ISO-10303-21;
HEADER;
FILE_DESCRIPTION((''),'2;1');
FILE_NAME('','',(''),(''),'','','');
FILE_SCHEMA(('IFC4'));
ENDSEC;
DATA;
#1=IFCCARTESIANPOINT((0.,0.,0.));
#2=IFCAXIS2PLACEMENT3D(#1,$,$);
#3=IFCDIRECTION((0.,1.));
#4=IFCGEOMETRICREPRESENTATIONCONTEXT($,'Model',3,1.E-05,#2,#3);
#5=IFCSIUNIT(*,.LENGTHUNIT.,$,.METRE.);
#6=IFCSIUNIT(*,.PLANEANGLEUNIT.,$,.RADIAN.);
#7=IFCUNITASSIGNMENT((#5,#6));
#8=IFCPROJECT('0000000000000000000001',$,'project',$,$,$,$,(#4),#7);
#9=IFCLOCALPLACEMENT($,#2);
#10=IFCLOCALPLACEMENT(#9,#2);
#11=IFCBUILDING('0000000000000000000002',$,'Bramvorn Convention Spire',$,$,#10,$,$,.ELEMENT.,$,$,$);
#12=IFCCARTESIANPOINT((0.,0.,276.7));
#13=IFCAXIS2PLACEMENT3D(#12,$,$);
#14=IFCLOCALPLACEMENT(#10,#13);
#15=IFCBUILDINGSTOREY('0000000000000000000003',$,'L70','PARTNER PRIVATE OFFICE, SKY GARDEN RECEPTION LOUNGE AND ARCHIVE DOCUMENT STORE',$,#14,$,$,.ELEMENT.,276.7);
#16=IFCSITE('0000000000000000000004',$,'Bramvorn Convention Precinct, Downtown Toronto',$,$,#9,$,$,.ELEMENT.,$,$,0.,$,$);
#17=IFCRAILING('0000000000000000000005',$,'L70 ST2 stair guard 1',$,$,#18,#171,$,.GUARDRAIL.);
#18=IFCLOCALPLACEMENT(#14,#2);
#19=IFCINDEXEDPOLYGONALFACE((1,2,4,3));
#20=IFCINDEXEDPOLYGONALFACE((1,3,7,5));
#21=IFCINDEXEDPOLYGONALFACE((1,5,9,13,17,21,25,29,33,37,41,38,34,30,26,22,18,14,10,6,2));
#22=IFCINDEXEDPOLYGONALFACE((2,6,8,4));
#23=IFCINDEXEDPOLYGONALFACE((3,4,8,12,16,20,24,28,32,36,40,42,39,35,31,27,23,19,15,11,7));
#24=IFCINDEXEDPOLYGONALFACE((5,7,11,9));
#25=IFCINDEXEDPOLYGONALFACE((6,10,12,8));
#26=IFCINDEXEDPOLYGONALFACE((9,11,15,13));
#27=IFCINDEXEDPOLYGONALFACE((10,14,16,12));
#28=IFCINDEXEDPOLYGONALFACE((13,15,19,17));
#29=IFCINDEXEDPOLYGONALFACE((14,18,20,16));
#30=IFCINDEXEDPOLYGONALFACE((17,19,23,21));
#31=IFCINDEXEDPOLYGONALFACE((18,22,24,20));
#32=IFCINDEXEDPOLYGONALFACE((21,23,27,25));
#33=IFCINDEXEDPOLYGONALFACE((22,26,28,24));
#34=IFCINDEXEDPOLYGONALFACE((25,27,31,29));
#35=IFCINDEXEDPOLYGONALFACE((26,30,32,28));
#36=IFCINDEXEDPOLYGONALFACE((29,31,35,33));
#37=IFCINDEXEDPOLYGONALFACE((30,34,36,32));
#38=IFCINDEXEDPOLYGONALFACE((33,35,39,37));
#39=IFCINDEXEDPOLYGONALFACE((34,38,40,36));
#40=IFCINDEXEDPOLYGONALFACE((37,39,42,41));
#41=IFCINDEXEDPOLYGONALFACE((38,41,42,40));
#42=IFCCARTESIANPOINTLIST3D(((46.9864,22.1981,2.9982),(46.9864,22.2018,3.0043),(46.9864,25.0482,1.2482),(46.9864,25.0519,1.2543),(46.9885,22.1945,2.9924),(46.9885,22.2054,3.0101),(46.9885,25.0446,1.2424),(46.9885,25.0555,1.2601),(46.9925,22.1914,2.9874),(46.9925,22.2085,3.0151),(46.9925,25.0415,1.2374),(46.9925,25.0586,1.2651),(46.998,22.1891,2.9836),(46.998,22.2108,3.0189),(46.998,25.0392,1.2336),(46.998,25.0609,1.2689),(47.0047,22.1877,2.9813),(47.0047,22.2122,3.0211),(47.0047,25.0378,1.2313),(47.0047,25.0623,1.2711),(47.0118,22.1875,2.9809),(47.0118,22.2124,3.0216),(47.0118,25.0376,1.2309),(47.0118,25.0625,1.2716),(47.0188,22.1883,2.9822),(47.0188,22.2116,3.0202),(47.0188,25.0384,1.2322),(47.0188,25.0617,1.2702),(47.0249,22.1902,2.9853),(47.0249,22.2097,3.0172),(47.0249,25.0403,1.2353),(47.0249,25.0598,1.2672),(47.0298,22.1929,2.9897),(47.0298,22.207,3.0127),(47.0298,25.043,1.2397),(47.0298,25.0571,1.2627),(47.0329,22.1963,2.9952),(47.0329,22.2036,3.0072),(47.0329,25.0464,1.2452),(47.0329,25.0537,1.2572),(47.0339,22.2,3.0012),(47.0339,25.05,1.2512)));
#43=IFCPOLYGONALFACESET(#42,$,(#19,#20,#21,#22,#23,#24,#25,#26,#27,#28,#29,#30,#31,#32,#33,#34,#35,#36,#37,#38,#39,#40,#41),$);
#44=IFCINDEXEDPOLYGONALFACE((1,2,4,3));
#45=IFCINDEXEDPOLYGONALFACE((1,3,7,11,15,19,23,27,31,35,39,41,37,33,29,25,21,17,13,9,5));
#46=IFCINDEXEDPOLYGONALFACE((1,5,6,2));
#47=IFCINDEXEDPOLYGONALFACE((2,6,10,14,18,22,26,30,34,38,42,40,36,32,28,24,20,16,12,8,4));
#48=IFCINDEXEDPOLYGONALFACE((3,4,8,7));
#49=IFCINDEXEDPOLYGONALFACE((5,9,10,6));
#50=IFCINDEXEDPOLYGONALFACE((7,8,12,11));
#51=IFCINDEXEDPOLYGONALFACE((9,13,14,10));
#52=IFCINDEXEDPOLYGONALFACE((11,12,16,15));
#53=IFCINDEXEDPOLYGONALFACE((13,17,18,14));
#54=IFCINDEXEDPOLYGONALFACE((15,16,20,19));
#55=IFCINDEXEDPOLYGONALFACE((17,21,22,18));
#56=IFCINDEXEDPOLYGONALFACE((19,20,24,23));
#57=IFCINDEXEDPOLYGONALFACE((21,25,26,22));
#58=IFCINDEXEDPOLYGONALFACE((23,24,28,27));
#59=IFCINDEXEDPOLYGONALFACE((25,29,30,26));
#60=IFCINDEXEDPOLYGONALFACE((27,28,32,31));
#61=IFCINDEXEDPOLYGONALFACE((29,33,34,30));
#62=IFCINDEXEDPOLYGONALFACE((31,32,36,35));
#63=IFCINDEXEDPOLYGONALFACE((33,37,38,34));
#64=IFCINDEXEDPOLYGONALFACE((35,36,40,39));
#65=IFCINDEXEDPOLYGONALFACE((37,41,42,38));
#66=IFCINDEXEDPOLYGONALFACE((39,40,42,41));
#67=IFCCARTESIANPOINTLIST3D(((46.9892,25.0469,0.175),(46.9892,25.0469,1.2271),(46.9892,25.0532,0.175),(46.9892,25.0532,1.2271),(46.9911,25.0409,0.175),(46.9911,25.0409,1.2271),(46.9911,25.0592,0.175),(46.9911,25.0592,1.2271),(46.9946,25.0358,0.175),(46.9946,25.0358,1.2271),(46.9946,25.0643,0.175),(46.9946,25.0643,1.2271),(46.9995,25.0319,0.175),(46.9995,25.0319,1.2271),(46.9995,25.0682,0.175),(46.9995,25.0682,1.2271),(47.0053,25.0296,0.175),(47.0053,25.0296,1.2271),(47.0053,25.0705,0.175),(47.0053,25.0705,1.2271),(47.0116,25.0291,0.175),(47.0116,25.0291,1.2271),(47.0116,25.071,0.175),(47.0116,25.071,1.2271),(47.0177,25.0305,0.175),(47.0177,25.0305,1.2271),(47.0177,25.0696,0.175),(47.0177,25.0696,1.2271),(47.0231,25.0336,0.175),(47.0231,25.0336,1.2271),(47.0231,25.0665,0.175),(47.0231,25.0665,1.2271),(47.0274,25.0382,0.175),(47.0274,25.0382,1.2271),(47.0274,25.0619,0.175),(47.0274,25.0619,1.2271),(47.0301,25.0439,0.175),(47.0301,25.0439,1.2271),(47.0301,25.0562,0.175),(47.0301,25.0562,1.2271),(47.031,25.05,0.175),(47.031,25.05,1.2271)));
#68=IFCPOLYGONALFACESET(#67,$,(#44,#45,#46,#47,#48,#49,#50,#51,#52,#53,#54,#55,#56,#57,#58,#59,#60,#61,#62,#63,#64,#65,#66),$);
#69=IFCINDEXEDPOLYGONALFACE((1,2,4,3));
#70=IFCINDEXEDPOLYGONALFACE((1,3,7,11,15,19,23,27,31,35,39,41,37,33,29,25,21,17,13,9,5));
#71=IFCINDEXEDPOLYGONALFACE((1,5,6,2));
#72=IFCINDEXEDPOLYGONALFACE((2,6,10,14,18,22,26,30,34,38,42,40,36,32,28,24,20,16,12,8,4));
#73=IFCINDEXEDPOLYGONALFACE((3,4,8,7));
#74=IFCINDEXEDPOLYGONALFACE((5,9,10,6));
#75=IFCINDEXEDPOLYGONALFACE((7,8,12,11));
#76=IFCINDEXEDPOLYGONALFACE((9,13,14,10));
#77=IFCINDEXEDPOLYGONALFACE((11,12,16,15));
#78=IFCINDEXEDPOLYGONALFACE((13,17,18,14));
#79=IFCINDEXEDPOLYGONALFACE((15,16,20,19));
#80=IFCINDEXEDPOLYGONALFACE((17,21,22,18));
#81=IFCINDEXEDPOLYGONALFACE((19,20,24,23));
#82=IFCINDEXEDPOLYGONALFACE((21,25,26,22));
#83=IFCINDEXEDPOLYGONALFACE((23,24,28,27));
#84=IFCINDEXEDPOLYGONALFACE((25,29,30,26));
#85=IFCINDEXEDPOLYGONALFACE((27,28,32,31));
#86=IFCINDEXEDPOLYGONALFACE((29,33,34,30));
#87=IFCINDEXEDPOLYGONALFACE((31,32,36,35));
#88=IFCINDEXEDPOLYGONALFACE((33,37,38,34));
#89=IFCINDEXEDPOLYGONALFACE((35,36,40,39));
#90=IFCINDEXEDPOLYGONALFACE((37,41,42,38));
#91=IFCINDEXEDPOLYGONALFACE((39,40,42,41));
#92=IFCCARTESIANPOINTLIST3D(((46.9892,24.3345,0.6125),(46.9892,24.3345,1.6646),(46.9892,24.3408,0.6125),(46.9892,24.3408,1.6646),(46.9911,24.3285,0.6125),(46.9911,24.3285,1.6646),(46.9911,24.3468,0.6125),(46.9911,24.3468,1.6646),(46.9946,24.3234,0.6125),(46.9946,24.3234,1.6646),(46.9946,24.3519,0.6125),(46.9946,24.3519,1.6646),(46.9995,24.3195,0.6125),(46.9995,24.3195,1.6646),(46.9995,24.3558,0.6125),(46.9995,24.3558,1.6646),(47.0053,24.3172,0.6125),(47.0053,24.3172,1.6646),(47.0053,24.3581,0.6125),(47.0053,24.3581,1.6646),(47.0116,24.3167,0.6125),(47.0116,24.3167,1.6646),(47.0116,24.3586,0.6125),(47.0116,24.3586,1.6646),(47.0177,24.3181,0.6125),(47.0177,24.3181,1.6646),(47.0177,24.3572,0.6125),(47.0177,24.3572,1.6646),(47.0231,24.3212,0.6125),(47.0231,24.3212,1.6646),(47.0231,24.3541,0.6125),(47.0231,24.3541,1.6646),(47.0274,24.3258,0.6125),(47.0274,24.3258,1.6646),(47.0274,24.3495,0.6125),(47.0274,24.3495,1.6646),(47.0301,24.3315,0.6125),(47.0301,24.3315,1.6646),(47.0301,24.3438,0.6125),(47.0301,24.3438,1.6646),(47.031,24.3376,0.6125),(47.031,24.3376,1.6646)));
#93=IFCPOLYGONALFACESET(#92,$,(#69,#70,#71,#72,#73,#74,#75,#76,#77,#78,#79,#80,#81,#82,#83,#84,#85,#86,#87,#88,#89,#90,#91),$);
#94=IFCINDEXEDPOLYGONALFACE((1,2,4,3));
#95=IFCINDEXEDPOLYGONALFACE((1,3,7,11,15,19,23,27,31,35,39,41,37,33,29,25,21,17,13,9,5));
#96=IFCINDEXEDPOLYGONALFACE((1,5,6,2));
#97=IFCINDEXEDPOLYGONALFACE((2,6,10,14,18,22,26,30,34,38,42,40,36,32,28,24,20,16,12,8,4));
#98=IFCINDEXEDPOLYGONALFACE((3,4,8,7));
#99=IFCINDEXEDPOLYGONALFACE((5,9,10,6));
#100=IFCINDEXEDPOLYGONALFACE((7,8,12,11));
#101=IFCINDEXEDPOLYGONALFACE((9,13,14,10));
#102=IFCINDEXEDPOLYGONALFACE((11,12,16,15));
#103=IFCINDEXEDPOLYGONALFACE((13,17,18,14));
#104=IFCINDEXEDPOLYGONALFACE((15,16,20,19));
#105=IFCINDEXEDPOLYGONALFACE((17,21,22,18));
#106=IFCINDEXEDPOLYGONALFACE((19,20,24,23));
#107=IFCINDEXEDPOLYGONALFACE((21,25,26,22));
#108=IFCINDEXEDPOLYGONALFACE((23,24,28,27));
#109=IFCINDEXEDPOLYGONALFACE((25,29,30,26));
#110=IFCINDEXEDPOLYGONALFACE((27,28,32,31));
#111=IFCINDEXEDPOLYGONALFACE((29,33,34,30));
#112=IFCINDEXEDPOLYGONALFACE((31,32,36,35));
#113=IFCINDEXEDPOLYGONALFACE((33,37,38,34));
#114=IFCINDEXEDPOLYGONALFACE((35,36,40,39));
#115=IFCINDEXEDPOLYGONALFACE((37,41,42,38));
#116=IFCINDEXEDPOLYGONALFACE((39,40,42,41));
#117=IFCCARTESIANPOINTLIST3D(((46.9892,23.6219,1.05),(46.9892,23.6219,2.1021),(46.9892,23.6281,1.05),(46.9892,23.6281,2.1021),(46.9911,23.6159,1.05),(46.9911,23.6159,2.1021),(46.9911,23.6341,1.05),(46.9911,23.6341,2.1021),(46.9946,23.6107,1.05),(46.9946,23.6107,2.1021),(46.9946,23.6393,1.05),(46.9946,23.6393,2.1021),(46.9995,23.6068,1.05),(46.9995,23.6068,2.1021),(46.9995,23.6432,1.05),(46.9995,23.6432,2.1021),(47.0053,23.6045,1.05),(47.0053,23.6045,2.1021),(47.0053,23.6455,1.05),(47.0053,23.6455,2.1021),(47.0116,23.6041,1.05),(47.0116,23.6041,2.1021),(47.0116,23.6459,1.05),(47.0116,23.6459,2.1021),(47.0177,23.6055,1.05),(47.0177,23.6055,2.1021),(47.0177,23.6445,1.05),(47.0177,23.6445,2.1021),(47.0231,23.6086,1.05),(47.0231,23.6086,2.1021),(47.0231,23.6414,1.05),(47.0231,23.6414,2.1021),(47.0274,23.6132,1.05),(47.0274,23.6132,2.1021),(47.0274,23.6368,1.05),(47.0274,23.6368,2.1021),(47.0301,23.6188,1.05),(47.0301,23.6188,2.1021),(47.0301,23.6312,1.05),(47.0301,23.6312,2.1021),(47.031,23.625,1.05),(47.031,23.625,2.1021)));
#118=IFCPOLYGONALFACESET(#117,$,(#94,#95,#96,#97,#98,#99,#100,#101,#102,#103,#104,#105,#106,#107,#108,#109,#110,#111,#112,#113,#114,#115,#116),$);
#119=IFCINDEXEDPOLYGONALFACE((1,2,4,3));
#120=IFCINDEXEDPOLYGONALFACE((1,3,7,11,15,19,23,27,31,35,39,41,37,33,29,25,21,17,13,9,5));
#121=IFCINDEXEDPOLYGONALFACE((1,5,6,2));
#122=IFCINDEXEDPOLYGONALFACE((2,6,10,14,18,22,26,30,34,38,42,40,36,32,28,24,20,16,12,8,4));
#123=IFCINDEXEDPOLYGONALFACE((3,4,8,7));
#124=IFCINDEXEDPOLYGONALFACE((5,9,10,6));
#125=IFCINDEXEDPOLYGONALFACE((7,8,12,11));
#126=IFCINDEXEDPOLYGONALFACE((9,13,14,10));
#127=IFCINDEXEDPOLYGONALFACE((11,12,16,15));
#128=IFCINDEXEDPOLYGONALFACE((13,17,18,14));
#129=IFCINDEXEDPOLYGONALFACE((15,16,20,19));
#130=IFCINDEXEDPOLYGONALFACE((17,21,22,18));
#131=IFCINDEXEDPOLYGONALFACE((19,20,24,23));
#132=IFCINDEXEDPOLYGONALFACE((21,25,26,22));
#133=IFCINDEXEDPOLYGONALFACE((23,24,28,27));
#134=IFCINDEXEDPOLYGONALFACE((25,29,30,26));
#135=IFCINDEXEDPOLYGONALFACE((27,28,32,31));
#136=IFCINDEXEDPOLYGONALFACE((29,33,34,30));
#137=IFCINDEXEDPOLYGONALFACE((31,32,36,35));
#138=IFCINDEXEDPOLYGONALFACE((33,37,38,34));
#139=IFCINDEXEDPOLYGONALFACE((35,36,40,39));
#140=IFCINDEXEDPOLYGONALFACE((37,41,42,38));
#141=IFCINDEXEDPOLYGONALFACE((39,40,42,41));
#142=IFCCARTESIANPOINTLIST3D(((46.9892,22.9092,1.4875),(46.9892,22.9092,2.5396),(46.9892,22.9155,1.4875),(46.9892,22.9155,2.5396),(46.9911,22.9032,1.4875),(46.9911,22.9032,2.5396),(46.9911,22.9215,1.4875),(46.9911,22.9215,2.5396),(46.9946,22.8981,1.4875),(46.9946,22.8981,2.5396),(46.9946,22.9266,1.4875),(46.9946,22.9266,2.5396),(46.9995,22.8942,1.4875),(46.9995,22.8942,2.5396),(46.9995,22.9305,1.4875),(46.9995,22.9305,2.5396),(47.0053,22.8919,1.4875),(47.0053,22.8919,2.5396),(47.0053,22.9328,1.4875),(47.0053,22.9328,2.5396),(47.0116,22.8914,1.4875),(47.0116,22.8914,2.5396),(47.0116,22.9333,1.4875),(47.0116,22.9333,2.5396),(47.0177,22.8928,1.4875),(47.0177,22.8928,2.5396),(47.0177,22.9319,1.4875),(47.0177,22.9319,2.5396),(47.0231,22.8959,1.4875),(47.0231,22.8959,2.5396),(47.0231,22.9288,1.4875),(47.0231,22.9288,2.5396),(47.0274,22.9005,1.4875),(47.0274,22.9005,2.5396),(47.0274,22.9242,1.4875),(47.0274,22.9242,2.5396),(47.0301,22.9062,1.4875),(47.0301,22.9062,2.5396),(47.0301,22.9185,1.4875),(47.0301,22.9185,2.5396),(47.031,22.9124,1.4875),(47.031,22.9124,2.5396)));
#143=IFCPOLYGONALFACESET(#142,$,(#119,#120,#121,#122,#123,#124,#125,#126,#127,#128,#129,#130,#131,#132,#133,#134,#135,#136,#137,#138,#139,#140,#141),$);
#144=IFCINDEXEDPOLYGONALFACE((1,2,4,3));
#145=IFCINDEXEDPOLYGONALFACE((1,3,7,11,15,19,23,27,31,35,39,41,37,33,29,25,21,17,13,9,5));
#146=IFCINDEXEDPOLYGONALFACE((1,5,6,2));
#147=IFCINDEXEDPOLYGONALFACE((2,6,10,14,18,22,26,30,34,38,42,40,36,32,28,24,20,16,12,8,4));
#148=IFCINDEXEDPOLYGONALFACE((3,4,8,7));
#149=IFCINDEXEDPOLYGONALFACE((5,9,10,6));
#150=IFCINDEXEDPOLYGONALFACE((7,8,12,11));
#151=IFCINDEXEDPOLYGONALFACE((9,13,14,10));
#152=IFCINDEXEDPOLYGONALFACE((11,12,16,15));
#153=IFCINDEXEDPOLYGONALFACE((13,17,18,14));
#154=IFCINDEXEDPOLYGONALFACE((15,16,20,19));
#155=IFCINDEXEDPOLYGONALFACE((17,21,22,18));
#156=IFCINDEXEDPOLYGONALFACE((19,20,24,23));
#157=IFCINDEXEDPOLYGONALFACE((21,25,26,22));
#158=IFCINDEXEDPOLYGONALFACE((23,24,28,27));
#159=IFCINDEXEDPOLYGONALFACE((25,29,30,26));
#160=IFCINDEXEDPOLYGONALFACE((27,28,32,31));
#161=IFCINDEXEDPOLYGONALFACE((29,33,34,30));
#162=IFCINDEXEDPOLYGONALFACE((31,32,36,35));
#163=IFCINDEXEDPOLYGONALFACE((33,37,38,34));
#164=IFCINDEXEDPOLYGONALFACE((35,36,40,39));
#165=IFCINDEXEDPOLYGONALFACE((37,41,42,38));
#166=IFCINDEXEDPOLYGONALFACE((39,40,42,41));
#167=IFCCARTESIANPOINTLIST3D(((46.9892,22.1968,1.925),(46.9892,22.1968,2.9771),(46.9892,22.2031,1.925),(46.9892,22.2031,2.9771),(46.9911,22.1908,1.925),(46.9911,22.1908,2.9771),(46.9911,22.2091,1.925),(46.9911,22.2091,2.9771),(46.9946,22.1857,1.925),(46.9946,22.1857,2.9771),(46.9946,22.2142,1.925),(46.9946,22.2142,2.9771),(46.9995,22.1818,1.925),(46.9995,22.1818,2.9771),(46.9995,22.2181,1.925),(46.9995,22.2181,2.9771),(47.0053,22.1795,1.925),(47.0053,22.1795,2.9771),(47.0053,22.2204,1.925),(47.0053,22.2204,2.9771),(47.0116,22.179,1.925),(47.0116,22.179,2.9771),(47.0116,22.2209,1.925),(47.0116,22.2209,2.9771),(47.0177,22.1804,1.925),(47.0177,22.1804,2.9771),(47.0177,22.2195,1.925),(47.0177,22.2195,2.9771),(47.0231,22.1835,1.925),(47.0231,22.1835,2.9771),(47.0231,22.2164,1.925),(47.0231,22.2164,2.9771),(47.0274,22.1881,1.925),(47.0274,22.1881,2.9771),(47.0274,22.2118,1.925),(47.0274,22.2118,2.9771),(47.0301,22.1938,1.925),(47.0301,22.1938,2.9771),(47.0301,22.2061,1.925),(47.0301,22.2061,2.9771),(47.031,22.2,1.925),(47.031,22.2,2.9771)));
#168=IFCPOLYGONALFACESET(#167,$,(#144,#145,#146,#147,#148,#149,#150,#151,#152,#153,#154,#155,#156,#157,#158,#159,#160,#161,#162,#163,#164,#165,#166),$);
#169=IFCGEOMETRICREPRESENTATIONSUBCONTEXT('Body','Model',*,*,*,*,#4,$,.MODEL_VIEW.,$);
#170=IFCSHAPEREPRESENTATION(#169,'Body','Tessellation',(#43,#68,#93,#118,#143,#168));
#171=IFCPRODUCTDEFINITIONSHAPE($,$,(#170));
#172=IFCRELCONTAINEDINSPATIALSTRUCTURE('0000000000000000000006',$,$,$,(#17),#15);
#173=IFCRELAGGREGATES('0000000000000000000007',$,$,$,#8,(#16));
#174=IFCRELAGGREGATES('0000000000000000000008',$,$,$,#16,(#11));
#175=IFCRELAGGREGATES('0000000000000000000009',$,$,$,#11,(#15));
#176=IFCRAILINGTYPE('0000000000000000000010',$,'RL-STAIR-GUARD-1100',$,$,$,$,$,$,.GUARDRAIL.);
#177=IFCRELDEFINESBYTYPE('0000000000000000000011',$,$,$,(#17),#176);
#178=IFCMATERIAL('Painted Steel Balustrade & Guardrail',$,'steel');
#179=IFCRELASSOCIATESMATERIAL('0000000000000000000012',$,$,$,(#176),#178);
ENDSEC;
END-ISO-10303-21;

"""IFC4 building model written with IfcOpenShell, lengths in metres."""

from ifc_helpers import new_model, si_unit, direction, frame, origin, origin_2d, place, context, subcontext, project, spatial, circle, extrude, material, type_object, element, save


model = new_model("IFC4")

# Units and contexts
model_context = context("Model", 3, precision=1e-05, world=origin(), true_north=direction((0.0, 1.0)))
body_context = subcontext(model_context, "Body", "Model", "MODEL_VIEW")
ifc_project = project(units=[si_unit("LENGTHUNIT", "METRE"), si_unit("PLANEANGLEUNIT", "RADIAN")], contexts=[model_context])

# Site, building, storey
site_placement = place(None, origin())
site = spatial("IfcSite", under=ifc_project, at=site_placement, Name="Bramvorn Convention Precinct, Downtown Toronto", CompositionType="ELEMENT", RefElevation=0.0)
building_placement = place(site_placement, origin())
building = spatial("IfcBuilding", under=site, at=building_placement, Name="Bramvorn Convention Spire", CompositionType="ELEMENT")
storey_placement = place(building_placement, frame((0.0, 0.0, 276.7)))
storey = spatial("IfcBuildingStorey", under=building, at=storey_placement, Name="L70", Description="PARTNER PRIVATE OFFICE, SKY GARDEN RECEPTION LOUNGE AND ARCHIVE DOCUMENT STORE", CompositionType="ELEMENT", Elevation=276.7)

# Railing
ifc_material_1 = material(Name="Painted Steel Balustrade & Guardrail", Category="steel")
railing_type_1 = type_object("IfcRailingType", Name="RL-STAIR-GUARD-1100", PredefinedType="GUARDRAIL", material=ifc_material_1)
railing_1_placement = place(storey_placement, frame((47.01, 25.05, 0.175)))
element("IfcRailing", 1, at=railing_1_placement, inside=storey, type_object=railing_type_1, Name="L70 ST2 stair guard 1", PredefinedType="GUARDRAIL", context=body_context, shape_type="SweptSolid", body=[
    extrude(circle(Radius=0.0239, at=origin_2d()), frame((0.0, 0.0, 1.0762), z_axis=(0.0, -0.852179, 0.52325), x_axis=(1.0, 0.0, 0.0)), (0.0, 0.0, 1.0), 3.3445),
    extrude(circle(Radius=0.021, at=origin_2d()), origin(), (0.0, 0.0, 1.0), 1.052),
    extrude(circle(Radius=0.021, at=origin_2d()), frame((0.0, -0.7124, 0.4375)), (0.0, 0.0, 1.0), 1.052),
    extrude(circle(Radius=0.021, at=origin_2d()), frame((0.0, -1.425, 0.875)), (0.0, 0.0, 1.0), 1.052),
    extrude(circle(Radius=0.021, at=origin_2d()), frame((0.0, -2.1377, 1.3125)), (0.0, 0.0, 1.0), 1.052),
    extrude(circle(Radius=0.021, at=origin_2d()), frame((0.0, -2.8501, 1.75)), (0.0, 0.0, 1.0), 1.052),
])

save(model, "model.ifc")
